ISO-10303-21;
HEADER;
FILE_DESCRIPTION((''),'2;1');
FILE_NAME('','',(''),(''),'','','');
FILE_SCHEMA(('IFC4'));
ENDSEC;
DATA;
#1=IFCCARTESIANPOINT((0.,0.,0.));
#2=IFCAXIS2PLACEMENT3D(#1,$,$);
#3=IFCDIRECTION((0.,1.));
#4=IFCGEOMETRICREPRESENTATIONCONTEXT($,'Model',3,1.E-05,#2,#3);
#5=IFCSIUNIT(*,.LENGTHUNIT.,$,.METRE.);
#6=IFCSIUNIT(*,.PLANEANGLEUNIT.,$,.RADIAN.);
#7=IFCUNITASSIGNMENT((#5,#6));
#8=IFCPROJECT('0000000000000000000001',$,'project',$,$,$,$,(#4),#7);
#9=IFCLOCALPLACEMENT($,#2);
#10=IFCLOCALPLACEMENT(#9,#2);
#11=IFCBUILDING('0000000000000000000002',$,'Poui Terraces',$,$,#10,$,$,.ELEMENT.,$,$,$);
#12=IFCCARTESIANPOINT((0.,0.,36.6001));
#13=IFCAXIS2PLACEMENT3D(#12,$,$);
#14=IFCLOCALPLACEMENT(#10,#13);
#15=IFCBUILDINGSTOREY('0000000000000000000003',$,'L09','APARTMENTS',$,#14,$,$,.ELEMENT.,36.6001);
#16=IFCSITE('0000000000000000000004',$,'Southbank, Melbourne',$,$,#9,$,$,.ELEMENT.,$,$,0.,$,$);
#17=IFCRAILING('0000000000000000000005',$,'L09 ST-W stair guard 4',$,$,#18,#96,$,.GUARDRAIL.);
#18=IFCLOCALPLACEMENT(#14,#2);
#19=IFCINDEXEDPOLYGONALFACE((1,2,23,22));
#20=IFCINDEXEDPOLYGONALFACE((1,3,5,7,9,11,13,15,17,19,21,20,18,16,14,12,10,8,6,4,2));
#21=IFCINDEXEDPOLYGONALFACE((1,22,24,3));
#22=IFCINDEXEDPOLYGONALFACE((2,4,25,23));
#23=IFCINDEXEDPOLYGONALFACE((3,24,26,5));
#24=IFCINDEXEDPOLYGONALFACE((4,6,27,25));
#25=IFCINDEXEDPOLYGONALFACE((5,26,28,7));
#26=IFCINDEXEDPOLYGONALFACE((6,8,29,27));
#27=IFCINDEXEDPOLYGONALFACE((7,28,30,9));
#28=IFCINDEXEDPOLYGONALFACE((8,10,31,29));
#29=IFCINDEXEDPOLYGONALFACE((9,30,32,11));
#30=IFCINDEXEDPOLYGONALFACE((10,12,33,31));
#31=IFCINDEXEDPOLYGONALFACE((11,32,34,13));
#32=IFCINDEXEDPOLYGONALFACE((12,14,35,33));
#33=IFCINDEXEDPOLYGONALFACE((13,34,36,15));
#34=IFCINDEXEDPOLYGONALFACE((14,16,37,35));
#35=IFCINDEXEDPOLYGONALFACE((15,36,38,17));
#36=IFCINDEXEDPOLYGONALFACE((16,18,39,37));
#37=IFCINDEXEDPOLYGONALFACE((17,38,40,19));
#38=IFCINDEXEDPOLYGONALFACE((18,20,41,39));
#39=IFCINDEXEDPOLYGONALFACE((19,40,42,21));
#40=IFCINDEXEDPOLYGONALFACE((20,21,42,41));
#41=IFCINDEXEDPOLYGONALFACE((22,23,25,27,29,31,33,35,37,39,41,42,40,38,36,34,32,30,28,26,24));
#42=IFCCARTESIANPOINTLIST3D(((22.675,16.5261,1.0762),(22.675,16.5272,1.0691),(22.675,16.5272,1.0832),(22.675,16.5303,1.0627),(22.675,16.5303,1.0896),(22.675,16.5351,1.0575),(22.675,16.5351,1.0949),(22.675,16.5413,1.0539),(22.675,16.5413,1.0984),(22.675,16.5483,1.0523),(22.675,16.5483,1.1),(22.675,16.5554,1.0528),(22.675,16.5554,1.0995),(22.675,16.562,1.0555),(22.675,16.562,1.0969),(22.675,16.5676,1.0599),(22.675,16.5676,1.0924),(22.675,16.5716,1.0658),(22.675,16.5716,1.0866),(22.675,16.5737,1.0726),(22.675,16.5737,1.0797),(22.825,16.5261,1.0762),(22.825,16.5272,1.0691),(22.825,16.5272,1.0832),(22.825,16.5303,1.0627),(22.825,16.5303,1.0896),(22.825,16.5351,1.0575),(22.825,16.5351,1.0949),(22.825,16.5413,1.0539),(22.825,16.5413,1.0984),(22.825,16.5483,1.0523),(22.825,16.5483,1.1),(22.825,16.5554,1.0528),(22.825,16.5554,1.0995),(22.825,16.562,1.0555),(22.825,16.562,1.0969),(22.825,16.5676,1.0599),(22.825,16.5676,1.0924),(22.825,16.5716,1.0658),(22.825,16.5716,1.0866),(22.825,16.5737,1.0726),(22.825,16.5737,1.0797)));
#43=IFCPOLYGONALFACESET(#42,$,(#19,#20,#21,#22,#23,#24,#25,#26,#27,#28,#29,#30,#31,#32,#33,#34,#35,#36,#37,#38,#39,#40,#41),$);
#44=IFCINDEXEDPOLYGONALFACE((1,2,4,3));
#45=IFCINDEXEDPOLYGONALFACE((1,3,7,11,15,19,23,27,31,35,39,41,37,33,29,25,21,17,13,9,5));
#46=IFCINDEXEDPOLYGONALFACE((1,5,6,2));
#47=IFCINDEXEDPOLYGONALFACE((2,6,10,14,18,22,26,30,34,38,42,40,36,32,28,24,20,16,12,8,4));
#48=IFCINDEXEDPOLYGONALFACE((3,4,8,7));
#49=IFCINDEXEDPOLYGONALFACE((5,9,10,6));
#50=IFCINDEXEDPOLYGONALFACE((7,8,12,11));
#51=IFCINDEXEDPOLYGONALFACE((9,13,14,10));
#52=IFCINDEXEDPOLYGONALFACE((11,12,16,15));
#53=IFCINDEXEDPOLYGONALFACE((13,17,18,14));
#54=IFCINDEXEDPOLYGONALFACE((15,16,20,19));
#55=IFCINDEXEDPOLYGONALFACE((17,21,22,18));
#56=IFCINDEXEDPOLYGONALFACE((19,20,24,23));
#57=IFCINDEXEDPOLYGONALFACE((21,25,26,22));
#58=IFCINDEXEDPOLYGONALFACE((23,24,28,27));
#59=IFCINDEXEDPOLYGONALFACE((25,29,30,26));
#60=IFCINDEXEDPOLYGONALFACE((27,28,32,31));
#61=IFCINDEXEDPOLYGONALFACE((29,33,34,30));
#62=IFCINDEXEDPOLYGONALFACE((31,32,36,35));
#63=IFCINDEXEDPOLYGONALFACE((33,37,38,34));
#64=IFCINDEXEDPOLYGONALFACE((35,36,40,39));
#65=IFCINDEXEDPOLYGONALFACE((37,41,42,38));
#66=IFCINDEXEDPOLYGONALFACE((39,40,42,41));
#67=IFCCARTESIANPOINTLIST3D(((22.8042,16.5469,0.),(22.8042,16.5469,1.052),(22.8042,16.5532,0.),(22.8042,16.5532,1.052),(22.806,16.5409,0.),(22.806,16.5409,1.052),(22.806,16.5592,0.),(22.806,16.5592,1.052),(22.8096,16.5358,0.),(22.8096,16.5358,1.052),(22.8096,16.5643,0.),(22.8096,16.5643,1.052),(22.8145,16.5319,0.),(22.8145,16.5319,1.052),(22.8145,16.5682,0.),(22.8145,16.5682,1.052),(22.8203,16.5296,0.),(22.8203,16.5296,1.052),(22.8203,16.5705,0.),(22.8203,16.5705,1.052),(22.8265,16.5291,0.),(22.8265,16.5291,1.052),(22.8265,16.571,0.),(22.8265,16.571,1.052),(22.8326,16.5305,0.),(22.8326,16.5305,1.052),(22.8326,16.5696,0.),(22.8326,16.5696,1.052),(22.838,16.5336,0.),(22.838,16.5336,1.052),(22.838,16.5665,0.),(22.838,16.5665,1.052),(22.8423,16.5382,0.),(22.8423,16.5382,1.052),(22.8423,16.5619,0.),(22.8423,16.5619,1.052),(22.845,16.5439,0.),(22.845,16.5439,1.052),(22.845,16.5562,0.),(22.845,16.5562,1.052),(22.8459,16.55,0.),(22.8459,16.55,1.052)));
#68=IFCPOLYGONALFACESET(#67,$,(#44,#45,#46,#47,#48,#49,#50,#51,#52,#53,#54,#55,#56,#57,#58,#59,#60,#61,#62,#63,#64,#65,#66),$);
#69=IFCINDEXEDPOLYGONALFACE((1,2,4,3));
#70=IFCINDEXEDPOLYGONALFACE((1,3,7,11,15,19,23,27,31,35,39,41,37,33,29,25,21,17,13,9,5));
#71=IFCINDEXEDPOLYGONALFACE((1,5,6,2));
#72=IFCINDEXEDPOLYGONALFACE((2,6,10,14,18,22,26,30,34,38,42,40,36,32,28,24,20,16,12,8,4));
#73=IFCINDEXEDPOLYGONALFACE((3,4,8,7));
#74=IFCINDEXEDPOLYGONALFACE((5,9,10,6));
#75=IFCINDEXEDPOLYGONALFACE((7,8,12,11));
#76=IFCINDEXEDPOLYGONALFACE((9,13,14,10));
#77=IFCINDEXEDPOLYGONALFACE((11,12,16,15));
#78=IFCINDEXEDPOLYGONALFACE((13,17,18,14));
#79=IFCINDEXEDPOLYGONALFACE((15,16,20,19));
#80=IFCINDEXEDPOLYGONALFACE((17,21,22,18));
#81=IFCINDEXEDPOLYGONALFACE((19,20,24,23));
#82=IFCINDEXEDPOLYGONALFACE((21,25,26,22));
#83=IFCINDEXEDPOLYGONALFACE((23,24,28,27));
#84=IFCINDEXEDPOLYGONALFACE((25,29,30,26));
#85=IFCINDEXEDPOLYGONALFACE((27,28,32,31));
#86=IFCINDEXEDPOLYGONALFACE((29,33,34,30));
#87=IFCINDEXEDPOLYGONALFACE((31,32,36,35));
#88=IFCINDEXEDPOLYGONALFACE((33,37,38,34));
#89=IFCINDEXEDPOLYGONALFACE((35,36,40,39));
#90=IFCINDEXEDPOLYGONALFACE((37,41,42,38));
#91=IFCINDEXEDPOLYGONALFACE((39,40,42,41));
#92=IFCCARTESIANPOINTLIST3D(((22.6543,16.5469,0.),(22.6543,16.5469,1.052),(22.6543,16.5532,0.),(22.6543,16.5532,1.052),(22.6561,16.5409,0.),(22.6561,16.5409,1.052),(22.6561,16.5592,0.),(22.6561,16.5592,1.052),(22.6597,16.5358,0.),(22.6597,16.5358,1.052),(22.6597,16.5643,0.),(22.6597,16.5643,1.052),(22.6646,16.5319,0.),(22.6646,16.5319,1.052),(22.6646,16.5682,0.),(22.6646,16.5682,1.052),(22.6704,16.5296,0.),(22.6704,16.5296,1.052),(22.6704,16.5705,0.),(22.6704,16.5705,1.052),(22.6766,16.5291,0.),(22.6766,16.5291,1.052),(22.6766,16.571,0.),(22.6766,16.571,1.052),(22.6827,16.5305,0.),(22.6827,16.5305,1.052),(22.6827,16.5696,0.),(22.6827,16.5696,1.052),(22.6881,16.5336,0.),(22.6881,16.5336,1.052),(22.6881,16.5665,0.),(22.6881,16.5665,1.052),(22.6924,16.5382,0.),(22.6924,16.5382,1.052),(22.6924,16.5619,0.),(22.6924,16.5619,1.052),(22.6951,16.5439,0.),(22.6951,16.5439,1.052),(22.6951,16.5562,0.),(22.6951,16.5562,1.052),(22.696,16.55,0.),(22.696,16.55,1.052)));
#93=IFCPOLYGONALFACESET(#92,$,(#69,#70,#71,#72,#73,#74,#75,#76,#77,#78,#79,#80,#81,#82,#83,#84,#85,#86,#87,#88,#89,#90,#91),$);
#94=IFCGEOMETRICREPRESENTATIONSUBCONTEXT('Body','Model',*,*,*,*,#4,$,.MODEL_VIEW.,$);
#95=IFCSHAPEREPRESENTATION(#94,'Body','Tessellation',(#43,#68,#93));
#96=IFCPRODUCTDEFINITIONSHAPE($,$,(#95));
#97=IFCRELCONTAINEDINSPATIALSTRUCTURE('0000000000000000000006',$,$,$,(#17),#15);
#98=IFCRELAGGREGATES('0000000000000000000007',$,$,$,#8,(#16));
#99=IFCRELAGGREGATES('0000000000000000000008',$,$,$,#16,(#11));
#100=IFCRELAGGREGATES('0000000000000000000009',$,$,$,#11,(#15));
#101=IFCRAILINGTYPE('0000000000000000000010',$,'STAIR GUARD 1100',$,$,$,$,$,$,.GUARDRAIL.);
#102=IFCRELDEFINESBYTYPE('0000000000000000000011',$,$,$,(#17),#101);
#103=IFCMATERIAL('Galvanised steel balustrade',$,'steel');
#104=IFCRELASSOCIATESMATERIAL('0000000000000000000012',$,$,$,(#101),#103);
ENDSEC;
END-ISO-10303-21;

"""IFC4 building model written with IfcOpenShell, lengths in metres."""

from ifc_helpers import new_model, si_unit, direction, frame, origin, origin_2d, place, context, subcontext, project, spatial, circle, extrude, material, type_object, element, save


model = new_model("IFC4")

# Units and contexts
model_context = context("Model", 3, precision=1e-05, world=origin(), true_north=direction((0.0, 1.0)))
body_context = subcontext(model_context, "Body", "Model", "MODEL_VIEW")
ifc_project = project(units=[si_unit("LENGTHUNIT", "METRE"), si_unit("PLANEANGLEUNIT", "RADIAN")], contexts=[model_context])

# Site, building, storey
site_placement = place(None, origin())
site = spatial("IfcSite", under=ifc_project, at=site_placement, Name="Southbank, Melbourne", CompositionType="ELEMENT", RefElevation=0.0)
building_placement = place(site_placement, origin())
building = spatial("IfcBuilding", under=site, at=building_placement, Name="Poui Terraces", CompositionType="ELEMENT")
storey_placement = place(building_placement, frame((0.0, 0.0, 36.6001)))
storey = spatial("IfcBuildingStorey", under=building, at=storey_placement, Name="L09", Description="APARTMENTS", CompositionType="ELEMENT", Elevation=36.6001)

# Railing
ifc_material_1 = material(Name="Galvanised steel balustrade", Category="steel")
railing_type_1 = type_object("IfcRailingType", Name="STAIR GUARD 1100", PredefinedType="GUARDRAIL", material=ifc_material_1)
railing_1_placement = place(storey_placement, frame((22.825, 16.55, 0.0)))
element("IfcRailing", 1, at=railing_1_placement, inside=storey, type_object=railing_type_1, Name="L09 ST-W stair guard 4", PredefinedType="GUARDRAIL", context=body_context, shape_type="SweptSolid", body=[
    extrude(circle(Radius=0.0239, at=origin_2d()), frame((0.0, 0.0, 1.0762), z_axis=(-1.0, 0.0, 0.0), x_axis=(0.0, -1.0, 0.0)), (0.0, 0.0, 1.0), 0.1499),
    extrude(circle(Radius=0.021, at=origin_2d()), origin(), (0.0, 0.0, 1.0), 1.052),
    extrude(circle(Radius=0.021, at=origin_2d()), frame((-0.1499, 0.0, 0.0)), (0.0, 0.0, 1.0), 1.052),
])

save(model, "model.ifc")
